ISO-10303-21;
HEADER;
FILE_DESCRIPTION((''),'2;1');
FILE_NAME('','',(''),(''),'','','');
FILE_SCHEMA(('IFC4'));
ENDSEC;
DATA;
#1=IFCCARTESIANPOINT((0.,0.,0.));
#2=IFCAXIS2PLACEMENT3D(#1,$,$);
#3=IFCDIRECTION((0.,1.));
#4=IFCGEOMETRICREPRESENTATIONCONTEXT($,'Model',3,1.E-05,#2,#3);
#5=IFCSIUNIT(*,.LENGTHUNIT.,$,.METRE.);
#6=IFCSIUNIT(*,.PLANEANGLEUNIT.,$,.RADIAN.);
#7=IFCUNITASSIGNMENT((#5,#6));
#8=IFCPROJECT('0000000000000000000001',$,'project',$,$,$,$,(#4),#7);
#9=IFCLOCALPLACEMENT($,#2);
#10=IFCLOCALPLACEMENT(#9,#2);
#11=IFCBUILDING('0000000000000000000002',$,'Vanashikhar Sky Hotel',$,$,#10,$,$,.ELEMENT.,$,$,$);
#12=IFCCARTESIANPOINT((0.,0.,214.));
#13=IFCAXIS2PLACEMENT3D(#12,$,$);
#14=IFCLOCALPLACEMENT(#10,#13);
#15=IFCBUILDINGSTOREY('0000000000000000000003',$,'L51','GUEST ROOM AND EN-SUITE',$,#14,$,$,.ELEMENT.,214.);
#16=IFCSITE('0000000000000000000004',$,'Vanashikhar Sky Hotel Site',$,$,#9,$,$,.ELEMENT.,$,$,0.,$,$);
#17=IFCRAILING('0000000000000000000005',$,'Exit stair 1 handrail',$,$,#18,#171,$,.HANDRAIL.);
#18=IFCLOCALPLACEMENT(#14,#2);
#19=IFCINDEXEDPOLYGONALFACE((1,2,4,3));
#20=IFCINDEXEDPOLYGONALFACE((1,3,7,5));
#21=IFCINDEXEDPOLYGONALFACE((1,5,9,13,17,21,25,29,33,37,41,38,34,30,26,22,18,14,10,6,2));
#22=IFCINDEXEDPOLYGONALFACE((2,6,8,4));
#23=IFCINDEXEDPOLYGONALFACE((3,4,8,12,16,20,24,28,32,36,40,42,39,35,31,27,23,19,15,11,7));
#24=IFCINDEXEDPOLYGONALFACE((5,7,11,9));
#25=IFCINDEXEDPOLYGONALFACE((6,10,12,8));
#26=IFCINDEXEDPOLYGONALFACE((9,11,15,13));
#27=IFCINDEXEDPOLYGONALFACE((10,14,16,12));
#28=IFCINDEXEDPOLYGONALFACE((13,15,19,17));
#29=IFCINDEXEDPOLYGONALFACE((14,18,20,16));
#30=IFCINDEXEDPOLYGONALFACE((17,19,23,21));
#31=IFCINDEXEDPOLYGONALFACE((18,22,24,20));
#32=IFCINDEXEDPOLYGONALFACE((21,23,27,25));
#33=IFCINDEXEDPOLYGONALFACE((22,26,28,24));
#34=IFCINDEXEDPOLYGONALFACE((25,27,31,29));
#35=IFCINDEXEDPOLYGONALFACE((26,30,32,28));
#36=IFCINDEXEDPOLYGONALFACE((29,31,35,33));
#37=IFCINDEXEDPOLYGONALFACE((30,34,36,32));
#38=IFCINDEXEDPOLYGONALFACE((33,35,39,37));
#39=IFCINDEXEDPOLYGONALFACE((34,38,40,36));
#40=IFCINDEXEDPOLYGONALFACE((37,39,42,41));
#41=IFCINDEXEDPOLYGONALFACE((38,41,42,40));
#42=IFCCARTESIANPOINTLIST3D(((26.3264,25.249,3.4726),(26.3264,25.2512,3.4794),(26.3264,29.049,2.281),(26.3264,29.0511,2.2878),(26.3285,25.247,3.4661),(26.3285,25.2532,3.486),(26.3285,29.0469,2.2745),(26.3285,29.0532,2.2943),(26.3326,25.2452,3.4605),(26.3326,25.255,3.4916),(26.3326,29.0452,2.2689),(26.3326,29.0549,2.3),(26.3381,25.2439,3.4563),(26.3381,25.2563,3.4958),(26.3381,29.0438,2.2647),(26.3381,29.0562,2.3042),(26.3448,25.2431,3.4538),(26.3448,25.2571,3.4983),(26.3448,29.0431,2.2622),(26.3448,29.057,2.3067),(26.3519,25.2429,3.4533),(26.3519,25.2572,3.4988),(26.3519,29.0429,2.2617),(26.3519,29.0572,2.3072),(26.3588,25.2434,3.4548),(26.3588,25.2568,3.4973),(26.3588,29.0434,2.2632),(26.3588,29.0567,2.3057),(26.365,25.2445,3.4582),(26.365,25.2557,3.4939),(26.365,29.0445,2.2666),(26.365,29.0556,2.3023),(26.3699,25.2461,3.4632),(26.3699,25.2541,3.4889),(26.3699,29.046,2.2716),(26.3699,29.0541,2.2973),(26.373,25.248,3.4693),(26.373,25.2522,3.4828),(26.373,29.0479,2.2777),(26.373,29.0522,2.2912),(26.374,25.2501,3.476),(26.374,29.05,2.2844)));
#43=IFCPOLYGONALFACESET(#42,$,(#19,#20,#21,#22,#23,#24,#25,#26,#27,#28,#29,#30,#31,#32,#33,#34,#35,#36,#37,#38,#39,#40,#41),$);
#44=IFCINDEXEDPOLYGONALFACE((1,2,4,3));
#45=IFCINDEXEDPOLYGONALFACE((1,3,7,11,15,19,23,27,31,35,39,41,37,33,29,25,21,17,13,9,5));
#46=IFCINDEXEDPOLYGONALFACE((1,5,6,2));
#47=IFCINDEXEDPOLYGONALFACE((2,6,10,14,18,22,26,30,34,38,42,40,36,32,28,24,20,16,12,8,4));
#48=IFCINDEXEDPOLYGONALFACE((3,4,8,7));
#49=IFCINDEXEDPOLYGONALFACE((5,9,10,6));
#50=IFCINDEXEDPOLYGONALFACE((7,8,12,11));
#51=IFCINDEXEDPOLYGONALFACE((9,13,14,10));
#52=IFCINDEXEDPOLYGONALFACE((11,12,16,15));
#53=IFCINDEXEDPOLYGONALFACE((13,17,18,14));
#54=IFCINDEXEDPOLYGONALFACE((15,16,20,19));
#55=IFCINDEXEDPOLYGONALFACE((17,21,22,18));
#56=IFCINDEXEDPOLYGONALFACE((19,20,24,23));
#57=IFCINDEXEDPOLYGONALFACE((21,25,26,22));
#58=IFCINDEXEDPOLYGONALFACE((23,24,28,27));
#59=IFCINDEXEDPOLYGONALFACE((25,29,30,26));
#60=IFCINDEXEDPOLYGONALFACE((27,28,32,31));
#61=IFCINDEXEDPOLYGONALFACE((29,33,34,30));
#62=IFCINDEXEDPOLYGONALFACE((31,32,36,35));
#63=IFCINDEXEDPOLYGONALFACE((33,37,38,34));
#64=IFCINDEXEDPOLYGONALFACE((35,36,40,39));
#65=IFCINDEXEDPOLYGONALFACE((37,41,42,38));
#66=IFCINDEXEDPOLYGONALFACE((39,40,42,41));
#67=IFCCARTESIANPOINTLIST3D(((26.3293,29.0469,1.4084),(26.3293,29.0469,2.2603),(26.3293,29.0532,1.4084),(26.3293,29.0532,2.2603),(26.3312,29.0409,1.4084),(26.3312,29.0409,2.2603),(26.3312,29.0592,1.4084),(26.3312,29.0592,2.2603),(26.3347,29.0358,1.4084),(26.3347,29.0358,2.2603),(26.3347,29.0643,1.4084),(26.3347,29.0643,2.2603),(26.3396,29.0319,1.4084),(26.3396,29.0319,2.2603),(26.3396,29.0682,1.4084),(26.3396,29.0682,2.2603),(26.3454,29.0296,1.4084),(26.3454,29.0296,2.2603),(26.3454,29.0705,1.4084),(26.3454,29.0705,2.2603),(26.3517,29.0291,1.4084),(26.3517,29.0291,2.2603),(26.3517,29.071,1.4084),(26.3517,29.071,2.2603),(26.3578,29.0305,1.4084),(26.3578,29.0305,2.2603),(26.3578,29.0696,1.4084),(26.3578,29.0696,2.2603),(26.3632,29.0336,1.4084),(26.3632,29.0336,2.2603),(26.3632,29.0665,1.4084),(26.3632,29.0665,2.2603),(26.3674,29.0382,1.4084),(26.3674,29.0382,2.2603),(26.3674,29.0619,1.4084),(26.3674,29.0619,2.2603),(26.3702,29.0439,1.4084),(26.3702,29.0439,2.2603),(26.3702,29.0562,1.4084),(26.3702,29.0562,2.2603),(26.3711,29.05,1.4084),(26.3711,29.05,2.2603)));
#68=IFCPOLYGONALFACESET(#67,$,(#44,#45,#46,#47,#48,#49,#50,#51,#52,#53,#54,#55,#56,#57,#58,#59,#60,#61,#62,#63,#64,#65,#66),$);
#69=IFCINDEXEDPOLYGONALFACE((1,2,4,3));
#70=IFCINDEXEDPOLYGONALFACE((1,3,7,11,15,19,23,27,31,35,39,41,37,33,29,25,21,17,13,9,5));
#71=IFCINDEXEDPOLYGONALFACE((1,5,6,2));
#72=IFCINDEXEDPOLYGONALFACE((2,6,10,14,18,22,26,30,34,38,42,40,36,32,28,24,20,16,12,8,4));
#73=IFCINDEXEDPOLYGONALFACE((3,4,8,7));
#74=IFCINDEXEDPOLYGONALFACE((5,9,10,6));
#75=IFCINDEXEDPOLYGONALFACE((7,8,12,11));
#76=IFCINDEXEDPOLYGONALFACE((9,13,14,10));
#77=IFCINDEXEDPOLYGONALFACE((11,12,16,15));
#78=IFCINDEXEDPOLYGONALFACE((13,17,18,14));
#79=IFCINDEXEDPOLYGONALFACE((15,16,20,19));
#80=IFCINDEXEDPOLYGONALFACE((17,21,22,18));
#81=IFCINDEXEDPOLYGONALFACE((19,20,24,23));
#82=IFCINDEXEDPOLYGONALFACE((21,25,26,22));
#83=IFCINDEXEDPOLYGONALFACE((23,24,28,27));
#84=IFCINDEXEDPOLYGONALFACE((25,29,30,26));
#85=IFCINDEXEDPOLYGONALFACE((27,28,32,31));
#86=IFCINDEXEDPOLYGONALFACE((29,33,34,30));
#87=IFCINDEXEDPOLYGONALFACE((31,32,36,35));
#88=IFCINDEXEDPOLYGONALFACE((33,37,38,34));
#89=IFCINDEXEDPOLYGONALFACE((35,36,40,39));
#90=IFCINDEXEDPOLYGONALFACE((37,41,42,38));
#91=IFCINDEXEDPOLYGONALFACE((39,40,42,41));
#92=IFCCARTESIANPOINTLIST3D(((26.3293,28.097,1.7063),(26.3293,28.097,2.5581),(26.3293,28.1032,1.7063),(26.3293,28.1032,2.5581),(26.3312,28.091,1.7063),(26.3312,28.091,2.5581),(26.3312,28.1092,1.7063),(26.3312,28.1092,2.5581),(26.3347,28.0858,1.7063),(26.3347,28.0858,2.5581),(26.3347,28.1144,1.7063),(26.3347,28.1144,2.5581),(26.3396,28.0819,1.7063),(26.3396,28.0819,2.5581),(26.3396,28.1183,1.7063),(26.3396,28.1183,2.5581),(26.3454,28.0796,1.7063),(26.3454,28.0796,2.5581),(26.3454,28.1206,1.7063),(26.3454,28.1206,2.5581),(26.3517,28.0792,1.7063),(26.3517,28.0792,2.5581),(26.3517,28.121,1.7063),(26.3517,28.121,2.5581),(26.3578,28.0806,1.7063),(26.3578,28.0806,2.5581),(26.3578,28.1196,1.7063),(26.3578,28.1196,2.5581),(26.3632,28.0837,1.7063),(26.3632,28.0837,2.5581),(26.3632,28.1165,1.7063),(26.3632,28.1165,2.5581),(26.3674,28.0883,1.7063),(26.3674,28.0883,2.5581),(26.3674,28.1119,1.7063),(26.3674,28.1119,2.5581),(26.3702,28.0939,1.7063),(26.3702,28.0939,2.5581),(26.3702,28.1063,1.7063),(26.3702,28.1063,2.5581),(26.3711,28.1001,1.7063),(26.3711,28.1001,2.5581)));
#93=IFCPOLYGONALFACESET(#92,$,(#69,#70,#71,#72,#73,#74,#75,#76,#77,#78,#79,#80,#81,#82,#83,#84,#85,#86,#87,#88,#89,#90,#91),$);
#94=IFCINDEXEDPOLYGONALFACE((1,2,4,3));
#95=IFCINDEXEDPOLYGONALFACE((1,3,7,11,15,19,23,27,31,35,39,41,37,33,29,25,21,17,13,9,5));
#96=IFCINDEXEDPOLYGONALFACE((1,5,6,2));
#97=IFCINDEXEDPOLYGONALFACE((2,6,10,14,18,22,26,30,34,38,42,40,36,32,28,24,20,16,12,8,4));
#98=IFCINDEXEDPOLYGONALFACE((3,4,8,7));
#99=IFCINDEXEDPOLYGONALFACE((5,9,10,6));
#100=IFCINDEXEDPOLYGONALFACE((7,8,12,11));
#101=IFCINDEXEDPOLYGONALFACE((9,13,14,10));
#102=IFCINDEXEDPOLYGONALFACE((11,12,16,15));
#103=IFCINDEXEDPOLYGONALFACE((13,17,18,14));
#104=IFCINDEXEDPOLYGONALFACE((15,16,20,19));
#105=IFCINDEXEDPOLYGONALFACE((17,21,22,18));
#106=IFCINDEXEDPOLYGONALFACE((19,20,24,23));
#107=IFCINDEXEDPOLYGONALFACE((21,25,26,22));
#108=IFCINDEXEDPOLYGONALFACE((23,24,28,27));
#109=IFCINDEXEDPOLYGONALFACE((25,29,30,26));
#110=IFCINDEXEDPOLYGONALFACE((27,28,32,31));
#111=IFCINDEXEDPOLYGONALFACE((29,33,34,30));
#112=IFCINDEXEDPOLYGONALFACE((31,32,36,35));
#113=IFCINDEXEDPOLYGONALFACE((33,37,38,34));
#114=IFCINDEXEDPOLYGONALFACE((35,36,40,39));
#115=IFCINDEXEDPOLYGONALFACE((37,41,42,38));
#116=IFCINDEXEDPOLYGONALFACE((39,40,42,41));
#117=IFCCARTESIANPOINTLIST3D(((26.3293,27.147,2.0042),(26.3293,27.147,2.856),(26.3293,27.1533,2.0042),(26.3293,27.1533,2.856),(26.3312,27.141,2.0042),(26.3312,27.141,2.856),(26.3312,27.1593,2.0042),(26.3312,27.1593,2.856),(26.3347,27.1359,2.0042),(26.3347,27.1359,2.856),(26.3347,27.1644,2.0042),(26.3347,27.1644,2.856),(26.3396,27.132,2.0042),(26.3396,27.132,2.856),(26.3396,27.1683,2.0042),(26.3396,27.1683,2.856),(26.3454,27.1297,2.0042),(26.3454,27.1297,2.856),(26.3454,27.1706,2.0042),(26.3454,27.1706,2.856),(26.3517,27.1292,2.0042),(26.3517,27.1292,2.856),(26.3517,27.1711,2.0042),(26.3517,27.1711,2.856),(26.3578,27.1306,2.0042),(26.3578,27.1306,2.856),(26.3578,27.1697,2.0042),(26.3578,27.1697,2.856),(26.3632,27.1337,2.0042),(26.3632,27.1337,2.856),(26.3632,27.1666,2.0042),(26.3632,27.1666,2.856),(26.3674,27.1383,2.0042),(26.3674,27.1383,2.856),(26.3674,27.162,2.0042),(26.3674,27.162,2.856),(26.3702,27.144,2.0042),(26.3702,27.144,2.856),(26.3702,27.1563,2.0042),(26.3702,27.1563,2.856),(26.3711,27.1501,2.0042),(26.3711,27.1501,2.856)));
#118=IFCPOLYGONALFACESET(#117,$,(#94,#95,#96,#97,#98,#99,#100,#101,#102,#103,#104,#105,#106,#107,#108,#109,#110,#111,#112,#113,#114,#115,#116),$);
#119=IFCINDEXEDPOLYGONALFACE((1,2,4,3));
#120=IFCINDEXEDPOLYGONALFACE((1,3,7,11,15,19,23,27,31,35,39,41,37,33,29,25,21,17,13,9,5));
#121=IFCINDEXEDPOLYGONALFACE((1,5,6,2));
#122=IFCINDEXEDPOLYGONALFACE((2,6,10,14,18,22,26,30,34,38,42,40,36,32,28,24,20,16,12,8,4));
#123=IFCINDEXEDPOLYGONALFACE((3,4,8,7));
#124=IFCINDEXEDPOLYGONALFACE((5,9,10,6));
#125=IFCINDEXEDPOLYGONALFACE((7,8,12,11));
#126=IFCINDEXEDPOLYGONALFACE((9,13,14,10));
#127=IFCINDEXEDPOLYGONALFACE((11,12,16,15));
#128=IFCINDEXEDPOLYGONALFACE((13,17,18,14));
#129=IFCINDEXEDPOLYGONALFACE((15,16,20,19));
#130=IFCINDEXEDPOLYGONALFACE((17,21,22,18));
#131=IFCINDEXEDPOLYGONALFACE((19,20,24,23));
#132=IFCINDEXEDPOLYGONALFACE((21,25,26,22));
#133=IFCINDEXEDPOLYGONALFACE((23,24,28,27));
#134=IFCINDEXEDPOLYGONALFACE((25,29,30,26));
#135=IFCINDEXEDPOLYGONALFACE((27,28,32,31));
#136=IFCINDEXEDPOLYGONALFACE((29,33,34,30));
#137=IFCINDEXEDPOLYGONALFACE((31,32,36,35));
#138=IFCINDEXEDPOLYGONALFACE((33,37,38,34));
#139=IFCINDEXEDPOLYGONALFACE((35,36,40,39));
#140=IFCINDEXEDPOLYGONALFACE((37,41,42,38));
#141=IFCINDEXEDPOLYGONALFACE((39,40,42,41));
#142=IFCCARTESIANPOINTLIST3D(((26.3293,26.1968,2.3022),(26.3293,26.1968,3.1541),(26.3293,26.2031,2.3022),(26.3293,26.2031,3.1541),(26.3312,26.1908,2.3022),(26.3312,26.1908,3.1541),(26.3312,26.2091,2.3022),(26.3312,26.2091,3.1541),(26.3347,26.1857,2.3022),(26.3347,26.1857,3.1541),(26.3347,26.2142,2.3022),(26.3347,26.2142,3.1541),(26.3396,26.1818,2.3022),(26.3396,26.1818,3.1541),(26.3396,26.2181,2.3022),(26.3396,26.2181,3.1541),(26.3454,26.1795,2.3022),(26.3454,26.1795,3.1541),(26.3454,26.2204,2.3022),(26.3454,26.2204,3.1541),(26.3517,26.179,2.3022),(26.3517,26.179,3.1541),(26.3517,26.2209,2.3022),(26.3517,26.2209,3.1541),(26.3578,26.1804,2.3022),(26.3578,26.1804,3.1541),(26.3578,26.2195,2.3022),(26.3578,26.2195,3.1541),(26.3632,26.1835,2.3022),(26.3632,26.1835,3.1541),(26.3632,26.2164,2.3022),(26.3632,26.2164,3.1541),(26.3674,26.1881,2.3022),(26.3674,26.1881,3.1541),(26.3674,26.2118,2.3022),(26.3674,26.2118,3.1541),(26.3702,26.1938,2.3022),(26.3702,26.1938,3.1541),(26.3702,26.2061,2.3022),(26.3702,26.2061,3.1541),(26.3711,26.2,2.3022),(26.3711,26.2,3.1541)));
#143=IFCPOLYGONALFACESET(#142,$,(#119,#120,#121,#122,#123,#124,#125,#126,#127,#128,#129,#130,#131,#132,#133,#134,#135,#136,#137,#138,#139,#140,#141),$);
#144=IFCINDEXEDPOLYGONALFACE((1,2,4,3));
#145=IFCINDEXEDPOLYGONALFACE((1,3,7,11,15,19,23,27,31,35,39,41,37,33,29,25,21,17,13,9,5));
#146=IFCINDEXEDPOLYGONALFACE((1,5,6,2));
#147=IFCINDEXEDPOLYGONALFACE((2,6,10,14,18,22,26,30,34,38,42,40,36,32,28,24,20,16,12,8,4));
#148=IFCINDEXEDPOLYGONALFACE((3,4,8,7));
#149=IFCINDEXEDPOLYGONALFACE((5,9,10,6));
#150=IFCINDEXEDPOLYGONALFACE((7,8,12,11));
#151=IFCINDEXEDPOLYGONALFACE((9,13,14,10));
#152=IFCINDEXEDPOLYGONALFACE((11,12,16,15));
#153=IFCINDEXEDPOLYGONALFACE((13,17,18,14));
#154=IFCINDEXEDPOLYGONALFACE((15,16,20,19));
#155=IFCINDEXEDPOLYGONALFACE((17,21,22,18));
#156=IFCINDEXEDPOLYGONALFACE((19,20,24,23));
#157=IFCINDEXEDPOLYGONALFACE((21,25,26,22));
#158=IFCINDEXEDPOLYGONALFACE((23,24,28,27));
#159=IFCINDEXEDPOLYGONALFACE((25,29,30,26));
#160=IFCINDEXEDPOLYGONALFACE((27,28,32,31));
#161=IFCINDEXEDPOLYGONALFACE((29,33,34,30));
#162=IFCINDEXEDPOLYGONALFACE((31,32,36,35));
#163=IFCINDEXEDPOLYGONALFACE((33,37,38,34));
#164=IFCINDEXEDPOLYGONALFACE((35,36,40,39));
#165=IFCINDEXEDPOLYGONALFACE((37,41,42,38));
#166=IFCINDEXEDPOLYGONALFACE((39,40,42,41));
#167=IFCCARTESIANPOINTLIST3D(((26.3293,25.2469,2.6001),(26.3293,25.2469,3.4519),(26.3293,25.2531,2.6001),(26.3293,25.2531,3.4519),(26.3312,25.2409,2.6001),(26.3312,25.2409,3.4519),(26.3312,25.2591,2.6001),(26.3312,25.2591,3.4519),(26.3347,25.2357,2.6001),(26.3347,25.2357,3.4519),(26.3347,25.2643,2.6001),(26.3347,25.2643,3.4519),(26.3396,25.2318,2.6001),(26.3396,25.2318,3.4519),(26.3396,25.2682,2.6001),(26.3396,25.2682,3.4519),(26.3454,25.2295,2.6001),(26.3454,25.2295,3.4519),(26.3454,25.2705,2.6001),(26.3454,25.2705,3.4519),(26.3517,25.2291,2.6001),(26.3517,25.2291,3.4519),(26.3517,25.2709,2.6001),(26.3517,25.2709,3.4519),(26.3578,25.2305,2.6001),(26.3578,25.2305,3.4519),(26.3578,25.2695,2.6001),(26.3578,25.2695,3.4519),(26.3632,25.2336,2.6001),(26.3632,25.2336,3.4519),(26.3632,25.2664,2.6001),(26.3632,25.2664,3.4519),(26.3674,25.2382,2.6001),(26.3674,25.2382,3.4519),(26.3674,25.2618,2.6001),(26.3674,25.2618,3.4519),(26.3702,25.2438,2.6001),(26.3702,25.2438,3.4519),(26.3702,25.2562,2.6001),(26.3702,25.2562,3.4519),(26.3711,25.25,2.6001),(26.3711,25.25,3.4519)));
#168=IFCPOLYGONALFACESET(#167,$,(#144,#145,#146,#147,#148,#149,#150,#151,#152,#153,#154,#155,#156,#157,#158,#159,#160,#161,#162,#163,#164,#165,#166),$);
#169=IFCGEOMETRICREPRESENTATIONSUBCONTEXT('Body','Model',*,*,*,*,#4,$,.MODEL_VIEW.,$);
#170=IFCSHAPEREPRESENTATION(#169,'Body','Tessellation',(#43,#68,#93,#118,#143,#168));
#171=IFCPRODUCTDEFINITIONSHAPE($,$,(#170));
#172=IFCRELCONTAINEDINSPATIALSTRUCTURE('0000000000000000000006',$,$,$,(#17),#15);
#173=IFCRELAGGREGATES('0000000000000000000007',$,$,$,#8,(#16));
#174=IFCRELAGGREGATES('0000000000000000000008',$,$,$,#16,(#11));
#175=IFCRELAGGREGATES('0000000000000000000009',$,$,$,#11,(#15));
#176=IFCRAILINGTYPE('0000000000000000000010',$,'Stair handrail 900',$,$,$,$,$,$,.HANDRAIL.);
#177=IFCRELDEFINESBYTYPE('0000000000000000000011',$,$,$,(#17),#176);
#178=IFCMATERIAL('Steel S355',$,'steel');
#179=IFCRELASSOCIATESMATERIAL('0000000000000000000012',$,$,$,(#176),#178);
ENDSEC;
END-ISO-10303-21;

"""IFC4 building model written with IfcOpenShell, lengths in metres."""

from ifc_helpers import new_model, si_unit, direction, frame, origin, origin_2d, place, context, subcontext, project, spatial, circle, extrude, source, transform, mapped, material, type_object, element, save


model = new_model("IFC4")

# Units and contexts
model_context = context("Model", 3, precision=1e-05, world=origin(), true_north=direction((0.0, 1.0)))
body_context = subcontext(model_context, "Body", "Model", "MODEL_VIEW")
ifc_project = project(units=[si_unit("LENGTHUNIT", "METRE"), si_unit("PLANEANGLEUNIT", "RADIAN")], contexts=[model_context])

# Site, building, storey
site_placement = place(None, origin())
site = spatial("IfcSite", under=ifc_project, at=site_placement, Name="Vanashikhar Sky Hotel Site", CompositionType="ELEMENT", RefElevation=0.0)
building_placement = place(site_placement, origin())
building = spatial("IfcBuilding", under=site, at=building_placement, Name="Vanashikhar Sky Hotel", CompositionType="ELEMENT")
storey_placement = place(building_placement, frame((0.0, 0.0, 214.0)))
storey = spatial("IfcBuildingStorey", under=building, at=storey_placement, Name="L51", Description="GUEST ROOM AND EN-SUITE", CompositionType="ELEMENT", Elevation=214.0)

# Railing
ifc_material_1 = material(Name="Steel S355", Category="steel")
railing_type_1 = type_object("IfcRailingType", Name="Stair handrail 900", PredefinedType="HANDRAIL", material=ifc_material_1)
shared_shape_1 = source(origin(), body_context, "Body", "SweptSolid", [
    extrude(circle(Radius=0.0239, at=origin_2d()), frame((0.0, 0.0, 0.876), z_axis=(0.0, -0.954184, 0.299221), x_axis=(1.0, 0.0, 0.0)), (0.0, 0.0, 1.0), 3.9824),
    extrude(circle(Radius=0.021, at=origin_2d()), origin(), (0.0, 0.0, 1.0), 0.8518),
    extrude(circle(Radius=0.021, at=origin_2d()), frame((0.0, -0.95, 0.2979)), (0.0, 0.0, 1.0), 0.8518),
    extrude(circle(Radius=0.021, at=origin_2d()), frame((0.0, -1.8999, 0.5957)), (0.0, 0.0, 1.0), 0.8518),
    extrude(circle(Radius=0.021, at=origin_2d()), frame((0.0, -2.8501, 0.8938)), (0.0, 0.0, 1.0), 0.8518),
    extrude(circle(Radius=0.021, at=origin_2d()), frame((0.0, -3.8, 1.1917)), (0.0, 0.0, 1.0), 0.8518),
])
for number, where, name in (
    (1, (26.3501, 29.05, 1.4084), "Exit stair 1 handrail"),
):
    element("IfcRailing", number, at=place(storey_placement, frame(where)), inside=storey, type_object=railing_type_1, Name=name, PredefinedType="HANDRAIL", context=body_context, shape_type="MappedRepresentation", body=[
        mapped(shared_shape_1, transform((0.0, 0.0, 0.0), scale=1.0)),
    ])

save(model, "model.ifc")
